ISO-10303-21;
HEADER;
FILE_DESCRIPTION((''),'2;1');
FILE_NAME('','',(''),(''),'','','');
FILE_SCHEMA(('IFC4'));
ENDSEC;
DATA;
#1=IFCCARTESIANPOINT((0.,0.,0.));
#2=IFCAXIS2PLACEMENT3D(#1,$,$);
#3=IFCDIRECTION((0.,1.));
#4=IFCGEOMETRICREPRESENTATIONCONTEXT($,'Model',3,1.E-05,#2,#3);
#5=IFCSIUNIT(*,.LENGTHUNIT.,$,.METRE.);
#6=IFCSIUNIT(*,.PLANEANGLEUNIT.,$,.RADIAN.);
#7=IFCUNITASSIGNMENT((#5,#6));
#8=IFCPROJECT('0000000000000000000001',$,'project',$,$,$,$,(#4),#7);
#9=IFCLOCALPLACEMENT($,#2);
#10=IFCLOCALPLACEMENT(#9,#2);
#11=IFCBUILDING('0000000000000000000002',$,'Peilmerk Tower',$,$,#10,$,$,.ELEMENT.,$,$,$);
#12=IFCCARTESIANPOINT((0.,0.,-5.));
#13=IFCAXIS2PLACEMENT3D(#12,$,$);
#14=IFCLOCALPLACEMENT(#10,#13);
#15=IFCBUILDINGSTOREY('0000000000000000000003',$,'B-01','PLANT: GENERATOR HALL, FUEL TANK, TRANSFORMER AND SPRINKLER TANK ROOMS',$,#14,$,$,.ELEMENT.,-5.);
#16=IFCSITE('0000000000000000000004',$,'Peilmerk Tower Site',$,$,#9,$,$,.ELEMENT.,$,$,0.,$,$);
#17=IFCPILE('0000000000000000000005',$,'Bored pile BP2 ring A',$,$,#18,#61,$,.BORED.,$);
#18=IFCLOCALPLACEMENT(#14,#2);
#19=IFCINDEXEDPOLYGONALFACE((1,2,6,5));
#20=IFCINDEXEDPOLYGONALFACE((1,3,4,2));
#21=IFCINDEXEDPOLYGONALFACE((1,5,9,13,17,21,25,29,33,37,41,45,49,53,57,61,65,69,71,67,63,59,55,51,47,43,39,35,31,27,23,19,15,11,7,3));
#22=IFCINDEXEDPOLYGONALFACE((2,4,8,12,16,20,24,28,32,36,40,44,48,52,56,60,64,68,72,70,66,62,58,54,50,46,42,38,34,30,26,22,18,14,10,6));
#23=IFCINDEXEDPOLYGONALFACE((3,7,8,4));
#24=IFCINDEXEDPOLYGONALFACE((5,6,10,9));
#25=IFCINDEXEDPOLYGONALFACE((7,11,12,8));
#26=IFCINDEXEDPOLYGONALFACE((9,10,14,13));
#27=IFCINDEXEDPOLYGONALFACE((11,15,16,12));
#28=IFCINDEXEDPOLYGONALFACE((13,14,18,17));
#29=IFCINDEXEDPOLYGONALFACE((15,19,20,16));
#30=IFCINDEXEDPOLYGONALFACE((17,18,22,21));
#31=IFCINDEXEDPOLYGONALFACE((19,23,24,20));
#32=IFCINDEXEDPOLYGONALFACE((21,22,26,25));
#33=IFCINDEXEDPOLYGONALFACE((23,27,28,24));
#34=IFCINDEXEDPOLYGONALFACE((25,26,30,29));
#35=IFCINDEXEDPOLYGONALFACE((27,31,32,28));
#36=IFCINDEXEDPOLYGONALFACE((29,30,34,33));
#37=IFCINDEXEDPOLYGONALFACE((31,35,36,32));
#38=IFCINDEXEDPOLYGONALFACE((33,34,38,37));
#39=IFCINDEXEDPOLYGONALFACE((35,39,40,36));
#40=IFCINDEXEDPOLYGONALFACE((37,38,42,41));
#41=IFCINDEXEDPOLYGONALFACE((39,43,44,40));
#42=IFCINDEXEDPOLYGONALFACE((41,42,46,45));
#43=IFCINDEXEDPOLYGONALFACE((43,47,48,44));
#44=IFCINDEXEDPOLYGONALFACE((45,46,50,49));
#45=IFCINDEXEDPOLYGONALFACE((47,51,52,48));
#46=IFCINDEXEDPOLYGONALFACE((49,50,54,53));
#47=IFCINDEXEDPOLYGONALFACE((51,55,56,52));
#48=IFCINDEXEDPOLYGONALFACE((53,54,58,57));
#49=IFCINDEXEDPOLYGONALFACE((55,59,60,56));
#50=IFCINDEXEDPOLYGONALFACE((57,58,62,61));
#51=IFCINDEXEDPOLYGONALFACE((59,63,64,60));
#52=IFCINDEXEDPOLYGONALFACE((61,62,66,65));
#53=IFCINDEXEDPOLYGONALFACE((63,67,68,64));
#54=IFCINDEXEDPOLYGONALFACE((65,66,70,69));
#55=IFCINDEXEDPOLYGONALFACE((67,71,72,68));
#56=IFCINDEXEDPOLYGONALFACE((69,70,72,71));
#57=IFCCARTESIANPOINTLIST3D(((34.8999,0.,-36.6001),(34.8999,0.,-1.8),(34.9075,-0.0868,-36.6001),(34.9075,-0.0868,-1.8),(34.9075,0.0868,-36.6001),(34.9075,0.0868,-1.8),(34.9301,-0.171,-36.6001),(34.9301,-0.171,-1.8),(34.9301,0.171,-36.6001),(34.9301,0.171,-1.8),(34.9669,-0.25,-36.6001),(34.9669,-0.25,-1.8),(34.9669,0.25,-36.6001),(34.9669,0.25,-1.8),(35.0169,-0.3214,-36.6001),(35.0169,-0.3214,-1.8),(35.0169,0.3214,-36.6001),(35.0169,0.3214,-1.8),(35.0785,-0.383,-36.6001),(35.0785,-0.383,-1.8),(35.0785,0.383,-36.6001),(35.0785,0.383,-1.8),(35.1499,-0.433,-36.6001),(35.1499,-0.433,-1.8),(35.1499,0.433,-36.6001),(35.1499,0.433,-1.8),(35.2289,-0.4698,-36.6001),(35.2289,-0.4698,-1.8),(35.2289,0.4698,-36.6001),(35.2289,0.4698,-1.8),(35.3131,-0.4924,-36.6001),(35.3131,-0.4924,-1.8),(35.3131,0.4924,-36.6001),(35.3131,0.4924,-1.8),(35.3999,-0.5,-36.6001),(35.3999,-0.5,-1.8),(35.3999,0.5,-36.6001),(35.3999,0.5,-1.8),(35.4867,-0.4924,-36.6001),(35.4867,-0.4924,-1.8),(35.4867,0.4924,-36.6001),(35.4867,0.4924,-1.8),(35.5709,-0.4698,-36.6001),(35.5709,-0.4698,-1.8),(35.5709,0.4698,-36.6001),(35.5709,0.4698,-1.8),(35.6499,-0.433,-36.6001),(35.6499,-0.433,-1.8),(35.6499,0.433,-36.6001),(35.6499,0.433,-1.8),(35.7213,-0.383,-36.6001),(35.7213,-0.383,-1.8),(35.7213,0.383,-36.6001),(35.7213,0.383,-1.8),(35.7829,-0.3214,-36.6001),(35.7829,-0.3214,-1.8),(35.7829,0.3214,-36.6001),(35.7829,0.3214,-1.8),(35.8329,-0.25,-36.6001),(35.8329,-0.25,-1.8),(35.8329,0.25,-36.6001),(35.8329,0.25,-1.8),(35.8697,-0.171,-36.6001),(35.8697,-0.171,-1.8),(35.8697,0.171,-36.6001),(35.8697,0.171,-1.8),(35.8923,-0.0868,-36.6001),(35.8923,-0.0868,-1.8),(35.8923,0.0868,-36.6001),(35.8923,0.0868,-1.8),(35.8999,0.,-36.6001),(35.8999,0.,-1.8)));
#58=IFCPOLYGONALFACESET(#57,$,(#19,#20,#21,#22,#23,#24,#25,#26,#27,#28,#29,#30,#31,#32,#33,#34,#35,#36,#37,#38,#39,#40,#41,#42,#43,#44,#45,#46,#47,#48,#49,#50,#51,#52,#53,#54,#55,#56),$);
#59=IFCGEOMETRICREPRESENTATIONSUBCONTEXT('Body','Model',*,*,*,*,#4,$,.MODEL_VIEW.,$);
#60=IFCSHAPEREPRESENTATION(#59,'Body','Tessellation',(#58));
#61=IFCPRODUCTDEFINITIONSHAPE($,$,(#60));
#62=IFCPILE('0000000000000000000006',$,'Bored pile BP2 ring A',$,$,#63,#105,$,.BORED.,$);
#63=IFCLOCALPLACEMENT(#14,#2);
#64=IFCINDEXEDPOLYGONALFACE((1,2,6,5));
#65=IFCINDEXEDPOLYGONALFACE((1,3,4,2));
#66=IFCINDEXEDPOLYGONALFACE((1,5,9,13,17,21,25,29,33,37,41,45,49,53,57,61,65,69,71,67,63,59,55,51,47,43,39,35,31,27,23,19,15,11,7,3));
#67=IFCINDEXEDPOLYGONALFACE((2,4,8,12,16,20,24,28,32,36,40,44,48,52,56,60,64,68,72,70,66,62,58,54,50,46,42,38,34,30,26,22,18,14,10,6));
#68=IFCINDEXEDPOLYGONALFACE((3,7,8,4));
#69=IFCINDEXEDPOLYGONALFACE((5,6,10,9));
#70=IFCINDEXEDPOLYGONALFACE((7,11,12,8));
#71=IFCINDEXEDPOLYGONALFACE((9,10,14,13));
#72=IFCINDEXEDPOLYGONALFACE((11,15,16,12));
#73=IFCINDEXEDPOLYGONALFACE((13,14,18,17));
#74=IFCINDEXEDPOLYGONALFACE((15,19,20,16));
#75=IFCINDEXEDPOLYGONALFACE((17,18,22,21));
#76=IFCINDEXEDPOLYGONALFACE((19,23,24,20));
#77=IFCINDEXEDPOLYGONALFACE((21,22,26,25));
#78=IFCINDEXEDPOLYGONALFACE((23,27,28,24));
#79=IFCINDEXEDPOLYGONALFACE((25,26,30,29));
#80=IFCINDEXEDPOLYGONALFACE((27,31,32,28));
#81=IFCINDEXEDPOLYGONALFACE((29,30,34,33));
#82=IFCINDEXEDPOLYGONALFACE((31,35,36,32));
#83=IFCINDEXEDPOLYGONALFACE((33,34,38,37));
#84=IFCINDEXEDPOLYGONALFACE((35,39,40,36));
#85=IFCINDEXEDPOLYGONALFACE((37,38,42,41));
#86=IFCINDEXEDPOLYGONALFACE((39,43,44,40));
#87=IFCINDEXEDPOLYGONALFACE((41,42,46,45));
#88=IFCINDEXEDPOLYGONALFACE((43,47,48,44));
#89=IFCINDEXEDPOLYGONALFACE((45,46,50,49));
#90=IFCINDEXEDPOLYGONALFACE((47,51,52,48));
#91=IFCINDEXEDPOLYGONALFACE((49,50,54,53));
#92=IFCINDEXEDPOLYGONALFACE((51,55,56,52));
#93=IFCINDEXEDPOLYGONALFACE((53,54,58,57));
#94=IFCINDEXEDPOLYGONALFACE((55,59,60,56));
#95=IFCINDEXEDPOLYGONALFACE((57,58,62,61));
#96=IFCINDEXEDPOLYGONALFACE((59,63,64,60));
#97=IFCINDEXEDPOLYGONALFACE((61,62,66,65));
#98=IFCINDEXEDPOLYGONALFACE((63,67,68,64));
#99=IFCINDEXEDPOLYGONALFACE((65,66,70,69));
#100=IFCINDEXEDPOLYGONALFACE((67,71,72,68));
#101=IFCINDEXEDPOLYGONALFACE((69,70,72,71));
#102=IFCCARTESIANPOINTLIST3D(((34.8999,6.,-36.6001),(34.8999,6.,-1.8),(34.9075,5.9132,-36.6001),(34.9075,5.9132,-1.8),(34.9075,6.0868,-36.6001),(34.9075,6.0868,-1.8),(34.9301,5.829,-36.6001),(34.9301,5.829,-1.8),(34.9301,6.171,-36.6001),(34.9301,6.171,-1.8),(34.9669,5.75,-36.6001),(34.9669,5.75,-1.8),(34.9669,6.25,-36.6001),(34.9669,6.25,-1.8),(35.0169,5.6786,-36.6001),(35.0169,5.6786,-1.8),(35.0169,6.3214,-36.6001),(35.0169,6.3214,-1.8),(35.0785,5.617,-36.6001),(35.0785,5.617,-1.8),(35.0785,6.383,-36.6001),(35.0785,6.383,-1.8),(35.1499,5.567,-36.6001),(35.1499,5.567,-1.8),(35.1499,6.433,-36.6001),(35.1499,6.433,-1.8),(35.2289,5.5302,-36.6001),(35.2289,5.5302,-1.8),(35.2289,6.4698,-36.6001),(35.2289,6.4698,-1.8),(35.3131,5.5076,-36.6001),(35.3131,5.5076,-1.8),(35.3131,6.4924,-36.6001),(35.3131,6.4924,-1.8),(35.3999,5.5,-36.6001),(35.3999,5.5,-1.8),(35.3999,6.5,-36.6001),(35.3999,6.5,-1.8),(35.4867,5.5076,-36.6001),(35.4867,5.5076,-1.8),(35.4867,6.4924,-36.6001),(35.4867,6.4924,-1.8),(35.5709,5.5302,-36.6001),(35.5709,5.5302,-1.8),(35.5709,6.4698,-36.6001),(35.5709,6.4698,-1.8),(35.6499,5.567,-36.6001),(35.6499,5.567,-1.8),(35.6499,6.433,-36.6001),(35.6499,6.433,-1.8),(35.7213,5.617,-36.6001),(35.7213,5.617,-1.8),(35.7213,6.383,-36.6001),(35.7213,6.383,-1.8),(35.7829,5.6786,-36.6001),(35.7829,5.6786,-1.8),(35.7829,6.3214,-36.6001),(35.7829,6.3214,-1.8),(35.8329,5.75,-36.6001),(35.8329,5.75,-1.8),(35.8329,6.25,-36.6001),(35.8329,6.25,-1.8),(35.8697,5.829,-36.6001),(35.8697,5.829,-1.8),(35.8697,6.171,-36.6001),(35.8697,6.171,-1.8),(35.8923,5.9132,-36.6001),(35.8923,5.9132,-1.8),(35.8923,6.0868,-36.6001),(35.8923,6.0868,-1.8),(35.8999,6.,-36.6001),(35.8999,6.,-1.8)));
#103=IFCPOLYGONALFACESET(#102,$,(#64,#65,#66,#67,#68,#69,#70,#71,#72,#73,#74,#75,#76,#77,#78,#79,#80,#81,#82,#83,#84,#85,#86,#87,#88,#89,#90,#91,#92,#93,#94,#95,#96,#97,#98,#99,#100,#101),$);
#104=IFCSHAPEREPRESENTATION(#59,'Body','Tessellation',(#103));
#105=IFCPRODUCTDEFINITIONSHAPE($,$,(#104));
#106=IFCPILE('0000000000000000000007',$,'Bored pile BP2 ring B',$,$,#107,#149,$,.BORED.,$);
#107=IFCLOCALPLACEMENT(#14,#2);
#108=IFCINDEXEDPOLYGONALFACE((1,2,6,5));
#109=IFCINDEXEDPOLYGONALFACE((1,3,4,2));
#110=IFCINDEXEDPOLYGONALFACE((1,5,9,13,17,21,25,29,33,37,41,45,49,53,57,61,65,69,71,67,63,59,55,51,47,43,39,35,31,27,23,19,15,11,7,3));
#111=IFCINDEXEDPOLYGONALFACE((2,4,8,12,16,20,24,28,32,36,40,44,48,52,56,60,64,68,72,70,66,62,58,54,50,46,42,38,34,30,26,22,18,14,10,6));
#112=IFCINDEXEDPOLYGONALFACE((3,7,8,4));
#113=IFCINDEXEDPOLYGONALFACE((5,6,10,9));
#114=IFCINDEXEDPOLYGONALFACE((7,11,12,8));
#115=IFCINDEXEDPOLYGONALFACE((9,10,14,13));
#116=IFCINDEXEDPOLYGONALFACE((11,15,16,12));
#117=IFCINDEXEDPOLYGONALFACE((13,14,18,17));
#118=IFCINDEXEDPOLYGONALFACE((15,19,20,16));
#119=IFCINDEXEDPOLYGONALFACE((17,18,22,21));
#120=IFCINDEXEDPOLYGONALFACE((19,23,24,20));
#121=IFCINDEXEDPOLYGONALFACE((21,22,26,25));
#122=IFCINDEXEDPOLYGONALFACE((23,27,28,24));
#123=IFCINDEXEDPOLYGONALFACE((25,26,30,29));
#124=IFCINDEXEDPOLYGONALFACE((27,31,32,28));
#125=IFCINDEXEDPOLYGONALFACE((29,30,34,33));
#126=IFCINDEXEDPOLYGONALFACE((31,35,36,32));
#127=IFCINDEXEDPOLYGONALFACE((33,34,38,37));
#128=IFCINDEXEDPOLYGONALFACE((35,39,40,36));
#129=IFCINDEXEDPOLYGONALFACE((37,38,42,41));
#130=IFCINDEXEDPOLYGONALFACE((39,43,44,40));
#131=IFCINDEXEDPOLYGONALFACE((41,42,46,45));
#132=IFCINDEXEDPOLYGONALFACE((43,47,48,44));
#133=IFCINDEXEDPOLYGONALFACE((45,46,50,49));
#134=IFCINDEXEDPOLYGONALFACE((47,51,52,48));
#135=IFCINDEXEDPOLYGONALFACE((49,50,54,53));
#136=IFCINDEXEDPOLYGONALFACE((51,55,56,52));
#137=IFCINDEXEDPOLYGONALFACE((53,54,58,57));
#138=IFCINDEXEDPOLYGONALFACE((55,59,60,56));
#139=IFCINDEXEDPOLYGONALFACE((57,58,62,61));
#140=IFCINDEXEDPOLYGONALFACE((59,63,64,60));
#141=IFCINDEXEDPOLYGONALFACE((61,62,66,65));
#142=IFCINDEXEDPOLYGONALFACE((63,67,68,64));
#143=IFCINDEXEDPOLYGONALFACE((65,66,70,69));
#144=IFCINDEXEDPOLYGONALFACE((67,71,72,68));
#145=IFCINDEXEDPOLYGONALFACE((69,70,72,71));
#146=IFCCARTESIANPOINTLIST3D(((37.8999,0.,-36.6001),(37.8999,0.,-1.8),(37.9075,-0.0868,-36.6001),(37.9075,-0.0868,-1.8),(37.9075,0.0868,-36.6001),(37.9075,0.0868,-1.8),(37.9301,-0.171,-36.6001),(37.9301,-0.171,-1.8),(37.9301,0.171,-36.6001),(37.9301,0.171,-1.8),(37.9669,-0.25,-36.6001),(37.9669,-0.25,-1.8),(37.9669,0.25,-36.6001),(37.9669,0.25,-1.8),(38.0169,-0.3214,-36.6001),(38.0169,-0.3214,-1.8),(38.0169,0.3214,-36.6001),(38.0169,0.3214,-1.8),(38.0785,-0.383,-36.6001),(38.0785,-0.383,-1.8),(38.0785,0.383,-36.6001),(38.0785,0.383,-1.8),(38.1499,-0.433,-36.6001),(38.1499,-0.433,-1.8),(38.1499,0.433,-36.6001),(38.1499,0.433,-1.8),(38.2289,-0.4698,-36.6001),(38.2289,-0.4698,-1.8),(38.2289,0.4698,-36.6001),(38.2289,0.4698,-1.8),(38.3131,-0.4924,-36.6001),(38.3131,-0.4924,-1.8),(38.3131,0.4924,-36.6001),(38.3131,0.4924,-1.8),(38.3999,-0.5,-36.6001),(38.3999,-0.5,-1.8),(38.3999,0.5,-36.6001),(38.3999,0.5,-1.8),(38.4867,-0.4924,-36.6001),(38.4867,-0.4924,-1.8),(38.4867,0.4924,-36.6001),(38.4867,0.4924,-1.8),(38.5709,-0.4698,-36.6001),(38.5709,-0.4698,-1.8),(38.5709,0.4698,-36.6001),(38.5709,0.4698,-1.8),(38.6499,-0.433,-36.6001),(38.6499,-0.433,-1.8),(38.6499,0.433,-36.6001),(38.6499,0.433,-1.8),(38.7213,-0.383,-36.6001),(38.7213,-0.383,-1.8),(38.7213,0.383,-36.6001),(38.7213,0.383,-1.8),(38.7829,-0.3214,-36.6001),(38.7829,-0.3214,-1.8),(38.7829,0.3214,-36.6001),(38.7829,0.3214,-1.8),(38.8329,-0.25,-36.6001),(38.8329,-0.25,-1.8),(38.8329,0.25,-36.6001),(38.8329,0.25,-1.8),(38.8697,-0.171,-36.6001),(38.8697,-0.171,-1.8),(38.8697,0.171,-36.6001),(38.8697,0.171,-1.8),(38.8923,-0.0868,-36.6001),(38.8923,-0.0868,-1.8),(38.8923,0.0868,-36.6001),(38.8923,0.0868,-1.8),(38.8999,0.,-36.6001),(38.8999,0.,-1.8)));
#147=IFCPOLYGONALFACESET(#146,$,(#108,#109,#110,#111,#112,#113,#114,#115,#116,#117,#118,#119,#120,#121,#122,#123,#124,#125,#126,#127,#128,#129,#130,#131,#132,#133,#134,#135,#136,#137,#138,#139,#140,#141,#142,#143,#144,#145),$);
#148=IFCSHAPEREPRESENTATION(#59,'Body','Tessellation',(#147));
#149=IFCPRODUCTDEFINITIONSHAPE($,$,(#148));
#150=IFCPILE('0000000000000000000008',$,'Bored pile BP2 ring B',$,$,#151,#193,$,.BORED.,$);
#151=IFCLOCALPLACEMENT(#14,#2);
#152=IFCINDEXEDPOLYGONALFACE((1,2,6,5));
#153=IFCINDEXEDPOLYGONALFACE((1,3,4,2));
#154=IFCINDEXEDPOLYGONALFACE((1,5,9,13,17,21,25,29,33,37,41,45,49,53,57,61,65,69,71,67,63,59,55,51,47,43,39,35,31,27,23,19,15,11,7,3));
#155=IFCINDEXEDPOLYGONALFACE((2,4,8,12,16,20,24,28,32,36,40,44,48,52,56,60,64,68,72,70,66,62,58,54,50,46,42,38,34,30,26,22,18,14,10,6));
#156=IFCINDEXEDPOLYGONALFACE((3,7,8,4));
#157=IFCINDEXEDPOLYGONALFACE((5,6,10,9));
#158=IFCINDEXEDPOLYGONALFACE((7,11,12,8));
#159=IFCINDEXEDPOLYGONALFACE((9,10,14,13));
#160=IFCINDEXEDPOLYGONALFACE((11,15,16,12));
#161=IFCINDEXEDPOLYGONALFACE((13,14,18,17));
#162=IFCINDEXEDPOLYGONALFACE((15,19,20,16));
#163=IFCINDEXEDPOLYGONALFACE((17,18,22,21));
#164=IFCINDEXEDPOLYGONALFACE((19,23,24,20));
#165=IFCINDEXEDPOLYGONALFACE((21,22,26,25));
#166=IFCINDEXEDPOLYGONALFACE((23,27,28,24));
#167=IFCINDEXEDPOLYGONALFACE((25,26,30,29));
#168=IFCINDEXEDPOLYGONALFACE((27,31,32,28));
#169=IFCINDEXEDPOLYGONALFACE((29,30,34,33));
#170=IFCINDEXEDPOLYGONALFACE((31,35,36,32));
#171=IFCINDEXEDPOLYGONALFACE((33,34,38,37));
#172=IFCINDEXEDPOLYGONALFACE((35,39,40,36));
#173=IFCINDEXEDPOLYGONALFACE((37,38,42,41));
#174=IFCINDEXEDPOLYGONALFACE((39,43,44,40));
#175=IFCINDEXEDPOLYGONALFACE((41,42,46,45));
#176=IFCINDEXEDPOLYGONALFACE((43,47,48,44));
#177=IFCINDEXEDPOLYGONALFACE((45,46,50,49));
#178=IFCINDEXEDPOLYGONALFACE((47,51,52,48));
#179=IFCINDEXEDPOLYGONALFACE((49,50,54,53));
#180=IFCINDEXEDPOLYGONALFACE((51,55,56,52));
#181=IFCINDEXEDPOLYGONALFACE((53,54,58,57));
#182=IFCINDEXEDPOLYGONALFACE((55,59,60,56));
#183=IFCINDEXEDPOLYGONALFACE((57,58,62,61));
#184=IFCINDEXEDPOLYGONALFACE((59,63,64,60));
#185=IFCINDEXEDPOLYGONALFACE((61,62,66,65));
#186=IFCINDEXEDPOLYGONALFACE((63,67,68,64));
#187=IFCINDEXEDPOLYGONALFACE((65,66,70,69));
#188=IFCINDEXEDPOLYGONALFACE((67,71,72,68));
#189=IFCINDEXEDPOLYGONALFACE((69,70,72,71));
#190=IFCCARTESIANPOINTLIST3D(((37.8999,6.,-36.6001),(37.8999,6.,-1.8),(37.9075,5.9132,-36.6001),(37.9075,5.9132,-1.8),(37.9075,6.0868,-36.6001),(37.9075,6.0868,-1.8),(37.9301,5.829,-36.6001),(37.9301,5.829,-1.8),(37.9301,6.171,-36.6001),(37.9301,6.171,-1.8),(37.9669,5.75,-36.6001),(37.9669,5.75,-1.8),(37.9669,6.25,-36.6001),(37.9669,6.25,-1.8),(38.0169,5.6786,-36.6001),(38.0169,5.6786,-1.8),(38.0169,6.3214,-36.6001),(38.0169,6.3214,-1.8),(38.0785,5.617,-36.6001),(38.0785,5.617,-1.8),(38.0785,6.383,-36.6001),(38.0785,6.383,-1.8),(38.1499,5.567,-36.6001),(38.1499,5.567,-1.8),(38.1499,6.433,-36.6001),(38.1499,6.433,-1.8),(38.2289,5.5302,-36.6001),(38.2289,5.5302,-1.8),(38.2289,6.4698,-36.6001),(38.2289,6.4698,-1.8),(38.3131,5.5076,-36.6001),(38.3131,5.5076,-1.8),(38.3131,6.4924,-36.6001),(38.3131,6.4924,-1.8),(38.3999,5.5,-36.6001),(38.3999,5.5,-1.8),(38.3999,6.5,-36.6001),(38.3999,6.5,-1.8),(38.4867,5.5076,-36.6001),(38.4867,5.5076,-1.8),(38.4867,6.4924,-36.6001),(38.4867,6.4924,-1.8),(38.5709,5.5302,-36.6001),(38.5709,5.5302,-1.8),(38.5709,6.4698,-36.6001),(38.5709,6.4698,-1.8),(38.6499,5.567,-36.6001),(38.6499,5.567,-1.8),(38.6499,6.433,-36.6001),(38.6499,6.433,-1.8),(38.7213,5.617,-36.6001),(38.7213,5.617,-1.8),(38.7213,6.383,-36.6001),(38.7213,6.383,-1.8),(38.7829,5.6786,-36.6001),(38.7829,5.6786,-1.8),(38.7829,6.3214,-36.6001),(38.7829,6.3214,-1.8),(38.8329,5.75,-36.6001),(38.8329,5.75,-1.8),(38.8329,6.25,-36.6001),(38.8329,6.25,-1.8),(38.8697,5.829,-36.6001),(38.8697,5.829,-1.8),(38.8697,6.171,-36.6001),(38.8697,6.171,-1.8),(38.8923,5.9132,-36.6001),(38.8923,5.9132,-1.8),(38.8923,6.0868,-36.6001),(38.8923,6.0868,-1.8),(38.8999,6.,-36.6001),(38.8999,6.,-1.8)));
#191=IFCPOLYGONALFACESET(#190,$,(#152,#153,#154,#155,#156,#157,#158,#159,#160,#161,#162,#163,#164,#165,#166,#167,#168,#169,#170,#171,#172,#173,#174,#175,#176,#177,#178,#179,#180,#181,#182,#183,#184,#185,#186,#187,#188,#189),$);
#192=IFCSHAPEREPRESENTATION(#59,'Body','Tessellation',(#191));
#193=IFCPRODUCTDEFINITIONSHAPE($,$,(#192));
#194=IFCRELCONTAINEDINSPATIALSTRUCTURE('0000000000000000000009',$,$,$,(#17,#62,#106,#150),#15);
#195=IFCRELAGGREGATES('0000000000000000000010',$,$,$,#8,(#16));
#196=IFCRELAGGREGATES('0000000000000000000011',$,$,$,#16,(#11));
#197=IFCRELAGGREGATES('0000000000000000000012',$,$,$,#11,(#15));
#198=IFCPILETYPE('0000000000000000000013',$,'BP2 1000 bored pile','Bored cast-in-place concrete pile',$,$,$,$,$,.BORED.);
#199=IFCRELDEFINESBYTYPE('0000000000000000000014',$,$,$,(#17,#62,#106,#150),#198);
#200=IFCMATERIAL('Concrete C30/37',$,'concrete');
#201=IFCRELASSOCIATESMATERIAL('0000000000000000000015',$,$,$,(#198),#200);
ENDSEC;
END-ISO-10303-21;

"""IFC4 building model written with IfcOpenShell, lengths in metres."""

from ifc_helpers import new_model, si_unit, direction, frame, origin, origin_2d, place, context, subcontext, project, spatial, circle, extrude, material, material_profile, profile_set, type_object, element, save


model = new_model("IFC4")

# Units and contexts
model_context = context("Model", 3, precision=1e-05, world=origin(), true_north=direction((0.0, 1.0)))
body_context = subcontext(model_context, "Body", "Model", "MODEL_VIEW")
ifc_project = project(units=[si_unit("LENGTHUNIT", "METRE"), si_unit("PLANEANGLEUNIT", "RADIAN")], contexts=[model_context])

# Site, building, storey
site_placement = place(None, origin())
site = spatial("IfcSite", under=ifc_project, at=site_placement, Name="Peilmerk Tower Site", CompositionType="ELEMENT", RefElevation=0.0)
building_placement = place(site_placement, origin())
building = spatial("IfcBuilding", under=site, at=building_placement, Name="Peilmerk Tower", CompositionType="ELEMENT")
storey_placement = place(building_placement, frame((0.0, 0.0, -5.0)))
storey = spatial("IfcBuildingStorey", under=building, at=storey_placement, Name="B-01", Description="PLANT: GENERATOR HALL, FUEL TANK, TRANSFORMER AND SPRINKLER TANK ROOMS", CompositionType="ELEMENT", Elevation=-5.0)

# Piles
ifc_material_1 = material(Name="Concrete C30/37", Category="concrete")
ifc_material_profile_1 = material_profile(ifc_material_1, circle(Radius=0.5, at=origin_2d()), Name="BP 1000")
ifc_profile_set_1 = profile_set([ifc_material_profile_1], Name="Concrete C30/37")
pile_type_1 = type_object("IfcPileType", Name="BP2 1000 bored pile", Description="Bored cast-in-place concrete pile", PredefinedType="BORED", material=ifc_profile_set_1)
for number, where, z_axis, x_axis, name in (
    (1, (35.3999, 0.0, -1.8), (0.0, 0.0, -1.0), (1.0, 0.0, 0.0), "Bored pile BP2 ring A"),
    (2, (35.3999, 6.0, -1.8), (0.0, 0.0, -1.0), (1.0, 0.0, 0.0), "Bored pile BP2 ring A"),
    (3, (38.3999, 0.0, -1.8), (0.0, 0.0, -1.0), (1.0, 0.0, 0.0), "Bored pile BP2 ring B"),
    (4, (38.3999, 6.0, -1.8), (0.0, 0.0, -1.0), (1.0, 0.0, 0.0), "Bored pile BP2 ring B"),
):
    element("IfcPile", number, at=place(storey_placement, frame(where, z_axis=z_axis, x_axis=x_axis)), inside=storey, type_object=pile_type_1, Name=name, PredefinedType="BORED", context=body_context, shape_type="SweptSolid", body=[
        extrude(circle(Radius=0.5, at=origin_2d()), origin(), (0.0, 0.0, 1.0), 34.8),
    ])

save(model, "model.ifc")
